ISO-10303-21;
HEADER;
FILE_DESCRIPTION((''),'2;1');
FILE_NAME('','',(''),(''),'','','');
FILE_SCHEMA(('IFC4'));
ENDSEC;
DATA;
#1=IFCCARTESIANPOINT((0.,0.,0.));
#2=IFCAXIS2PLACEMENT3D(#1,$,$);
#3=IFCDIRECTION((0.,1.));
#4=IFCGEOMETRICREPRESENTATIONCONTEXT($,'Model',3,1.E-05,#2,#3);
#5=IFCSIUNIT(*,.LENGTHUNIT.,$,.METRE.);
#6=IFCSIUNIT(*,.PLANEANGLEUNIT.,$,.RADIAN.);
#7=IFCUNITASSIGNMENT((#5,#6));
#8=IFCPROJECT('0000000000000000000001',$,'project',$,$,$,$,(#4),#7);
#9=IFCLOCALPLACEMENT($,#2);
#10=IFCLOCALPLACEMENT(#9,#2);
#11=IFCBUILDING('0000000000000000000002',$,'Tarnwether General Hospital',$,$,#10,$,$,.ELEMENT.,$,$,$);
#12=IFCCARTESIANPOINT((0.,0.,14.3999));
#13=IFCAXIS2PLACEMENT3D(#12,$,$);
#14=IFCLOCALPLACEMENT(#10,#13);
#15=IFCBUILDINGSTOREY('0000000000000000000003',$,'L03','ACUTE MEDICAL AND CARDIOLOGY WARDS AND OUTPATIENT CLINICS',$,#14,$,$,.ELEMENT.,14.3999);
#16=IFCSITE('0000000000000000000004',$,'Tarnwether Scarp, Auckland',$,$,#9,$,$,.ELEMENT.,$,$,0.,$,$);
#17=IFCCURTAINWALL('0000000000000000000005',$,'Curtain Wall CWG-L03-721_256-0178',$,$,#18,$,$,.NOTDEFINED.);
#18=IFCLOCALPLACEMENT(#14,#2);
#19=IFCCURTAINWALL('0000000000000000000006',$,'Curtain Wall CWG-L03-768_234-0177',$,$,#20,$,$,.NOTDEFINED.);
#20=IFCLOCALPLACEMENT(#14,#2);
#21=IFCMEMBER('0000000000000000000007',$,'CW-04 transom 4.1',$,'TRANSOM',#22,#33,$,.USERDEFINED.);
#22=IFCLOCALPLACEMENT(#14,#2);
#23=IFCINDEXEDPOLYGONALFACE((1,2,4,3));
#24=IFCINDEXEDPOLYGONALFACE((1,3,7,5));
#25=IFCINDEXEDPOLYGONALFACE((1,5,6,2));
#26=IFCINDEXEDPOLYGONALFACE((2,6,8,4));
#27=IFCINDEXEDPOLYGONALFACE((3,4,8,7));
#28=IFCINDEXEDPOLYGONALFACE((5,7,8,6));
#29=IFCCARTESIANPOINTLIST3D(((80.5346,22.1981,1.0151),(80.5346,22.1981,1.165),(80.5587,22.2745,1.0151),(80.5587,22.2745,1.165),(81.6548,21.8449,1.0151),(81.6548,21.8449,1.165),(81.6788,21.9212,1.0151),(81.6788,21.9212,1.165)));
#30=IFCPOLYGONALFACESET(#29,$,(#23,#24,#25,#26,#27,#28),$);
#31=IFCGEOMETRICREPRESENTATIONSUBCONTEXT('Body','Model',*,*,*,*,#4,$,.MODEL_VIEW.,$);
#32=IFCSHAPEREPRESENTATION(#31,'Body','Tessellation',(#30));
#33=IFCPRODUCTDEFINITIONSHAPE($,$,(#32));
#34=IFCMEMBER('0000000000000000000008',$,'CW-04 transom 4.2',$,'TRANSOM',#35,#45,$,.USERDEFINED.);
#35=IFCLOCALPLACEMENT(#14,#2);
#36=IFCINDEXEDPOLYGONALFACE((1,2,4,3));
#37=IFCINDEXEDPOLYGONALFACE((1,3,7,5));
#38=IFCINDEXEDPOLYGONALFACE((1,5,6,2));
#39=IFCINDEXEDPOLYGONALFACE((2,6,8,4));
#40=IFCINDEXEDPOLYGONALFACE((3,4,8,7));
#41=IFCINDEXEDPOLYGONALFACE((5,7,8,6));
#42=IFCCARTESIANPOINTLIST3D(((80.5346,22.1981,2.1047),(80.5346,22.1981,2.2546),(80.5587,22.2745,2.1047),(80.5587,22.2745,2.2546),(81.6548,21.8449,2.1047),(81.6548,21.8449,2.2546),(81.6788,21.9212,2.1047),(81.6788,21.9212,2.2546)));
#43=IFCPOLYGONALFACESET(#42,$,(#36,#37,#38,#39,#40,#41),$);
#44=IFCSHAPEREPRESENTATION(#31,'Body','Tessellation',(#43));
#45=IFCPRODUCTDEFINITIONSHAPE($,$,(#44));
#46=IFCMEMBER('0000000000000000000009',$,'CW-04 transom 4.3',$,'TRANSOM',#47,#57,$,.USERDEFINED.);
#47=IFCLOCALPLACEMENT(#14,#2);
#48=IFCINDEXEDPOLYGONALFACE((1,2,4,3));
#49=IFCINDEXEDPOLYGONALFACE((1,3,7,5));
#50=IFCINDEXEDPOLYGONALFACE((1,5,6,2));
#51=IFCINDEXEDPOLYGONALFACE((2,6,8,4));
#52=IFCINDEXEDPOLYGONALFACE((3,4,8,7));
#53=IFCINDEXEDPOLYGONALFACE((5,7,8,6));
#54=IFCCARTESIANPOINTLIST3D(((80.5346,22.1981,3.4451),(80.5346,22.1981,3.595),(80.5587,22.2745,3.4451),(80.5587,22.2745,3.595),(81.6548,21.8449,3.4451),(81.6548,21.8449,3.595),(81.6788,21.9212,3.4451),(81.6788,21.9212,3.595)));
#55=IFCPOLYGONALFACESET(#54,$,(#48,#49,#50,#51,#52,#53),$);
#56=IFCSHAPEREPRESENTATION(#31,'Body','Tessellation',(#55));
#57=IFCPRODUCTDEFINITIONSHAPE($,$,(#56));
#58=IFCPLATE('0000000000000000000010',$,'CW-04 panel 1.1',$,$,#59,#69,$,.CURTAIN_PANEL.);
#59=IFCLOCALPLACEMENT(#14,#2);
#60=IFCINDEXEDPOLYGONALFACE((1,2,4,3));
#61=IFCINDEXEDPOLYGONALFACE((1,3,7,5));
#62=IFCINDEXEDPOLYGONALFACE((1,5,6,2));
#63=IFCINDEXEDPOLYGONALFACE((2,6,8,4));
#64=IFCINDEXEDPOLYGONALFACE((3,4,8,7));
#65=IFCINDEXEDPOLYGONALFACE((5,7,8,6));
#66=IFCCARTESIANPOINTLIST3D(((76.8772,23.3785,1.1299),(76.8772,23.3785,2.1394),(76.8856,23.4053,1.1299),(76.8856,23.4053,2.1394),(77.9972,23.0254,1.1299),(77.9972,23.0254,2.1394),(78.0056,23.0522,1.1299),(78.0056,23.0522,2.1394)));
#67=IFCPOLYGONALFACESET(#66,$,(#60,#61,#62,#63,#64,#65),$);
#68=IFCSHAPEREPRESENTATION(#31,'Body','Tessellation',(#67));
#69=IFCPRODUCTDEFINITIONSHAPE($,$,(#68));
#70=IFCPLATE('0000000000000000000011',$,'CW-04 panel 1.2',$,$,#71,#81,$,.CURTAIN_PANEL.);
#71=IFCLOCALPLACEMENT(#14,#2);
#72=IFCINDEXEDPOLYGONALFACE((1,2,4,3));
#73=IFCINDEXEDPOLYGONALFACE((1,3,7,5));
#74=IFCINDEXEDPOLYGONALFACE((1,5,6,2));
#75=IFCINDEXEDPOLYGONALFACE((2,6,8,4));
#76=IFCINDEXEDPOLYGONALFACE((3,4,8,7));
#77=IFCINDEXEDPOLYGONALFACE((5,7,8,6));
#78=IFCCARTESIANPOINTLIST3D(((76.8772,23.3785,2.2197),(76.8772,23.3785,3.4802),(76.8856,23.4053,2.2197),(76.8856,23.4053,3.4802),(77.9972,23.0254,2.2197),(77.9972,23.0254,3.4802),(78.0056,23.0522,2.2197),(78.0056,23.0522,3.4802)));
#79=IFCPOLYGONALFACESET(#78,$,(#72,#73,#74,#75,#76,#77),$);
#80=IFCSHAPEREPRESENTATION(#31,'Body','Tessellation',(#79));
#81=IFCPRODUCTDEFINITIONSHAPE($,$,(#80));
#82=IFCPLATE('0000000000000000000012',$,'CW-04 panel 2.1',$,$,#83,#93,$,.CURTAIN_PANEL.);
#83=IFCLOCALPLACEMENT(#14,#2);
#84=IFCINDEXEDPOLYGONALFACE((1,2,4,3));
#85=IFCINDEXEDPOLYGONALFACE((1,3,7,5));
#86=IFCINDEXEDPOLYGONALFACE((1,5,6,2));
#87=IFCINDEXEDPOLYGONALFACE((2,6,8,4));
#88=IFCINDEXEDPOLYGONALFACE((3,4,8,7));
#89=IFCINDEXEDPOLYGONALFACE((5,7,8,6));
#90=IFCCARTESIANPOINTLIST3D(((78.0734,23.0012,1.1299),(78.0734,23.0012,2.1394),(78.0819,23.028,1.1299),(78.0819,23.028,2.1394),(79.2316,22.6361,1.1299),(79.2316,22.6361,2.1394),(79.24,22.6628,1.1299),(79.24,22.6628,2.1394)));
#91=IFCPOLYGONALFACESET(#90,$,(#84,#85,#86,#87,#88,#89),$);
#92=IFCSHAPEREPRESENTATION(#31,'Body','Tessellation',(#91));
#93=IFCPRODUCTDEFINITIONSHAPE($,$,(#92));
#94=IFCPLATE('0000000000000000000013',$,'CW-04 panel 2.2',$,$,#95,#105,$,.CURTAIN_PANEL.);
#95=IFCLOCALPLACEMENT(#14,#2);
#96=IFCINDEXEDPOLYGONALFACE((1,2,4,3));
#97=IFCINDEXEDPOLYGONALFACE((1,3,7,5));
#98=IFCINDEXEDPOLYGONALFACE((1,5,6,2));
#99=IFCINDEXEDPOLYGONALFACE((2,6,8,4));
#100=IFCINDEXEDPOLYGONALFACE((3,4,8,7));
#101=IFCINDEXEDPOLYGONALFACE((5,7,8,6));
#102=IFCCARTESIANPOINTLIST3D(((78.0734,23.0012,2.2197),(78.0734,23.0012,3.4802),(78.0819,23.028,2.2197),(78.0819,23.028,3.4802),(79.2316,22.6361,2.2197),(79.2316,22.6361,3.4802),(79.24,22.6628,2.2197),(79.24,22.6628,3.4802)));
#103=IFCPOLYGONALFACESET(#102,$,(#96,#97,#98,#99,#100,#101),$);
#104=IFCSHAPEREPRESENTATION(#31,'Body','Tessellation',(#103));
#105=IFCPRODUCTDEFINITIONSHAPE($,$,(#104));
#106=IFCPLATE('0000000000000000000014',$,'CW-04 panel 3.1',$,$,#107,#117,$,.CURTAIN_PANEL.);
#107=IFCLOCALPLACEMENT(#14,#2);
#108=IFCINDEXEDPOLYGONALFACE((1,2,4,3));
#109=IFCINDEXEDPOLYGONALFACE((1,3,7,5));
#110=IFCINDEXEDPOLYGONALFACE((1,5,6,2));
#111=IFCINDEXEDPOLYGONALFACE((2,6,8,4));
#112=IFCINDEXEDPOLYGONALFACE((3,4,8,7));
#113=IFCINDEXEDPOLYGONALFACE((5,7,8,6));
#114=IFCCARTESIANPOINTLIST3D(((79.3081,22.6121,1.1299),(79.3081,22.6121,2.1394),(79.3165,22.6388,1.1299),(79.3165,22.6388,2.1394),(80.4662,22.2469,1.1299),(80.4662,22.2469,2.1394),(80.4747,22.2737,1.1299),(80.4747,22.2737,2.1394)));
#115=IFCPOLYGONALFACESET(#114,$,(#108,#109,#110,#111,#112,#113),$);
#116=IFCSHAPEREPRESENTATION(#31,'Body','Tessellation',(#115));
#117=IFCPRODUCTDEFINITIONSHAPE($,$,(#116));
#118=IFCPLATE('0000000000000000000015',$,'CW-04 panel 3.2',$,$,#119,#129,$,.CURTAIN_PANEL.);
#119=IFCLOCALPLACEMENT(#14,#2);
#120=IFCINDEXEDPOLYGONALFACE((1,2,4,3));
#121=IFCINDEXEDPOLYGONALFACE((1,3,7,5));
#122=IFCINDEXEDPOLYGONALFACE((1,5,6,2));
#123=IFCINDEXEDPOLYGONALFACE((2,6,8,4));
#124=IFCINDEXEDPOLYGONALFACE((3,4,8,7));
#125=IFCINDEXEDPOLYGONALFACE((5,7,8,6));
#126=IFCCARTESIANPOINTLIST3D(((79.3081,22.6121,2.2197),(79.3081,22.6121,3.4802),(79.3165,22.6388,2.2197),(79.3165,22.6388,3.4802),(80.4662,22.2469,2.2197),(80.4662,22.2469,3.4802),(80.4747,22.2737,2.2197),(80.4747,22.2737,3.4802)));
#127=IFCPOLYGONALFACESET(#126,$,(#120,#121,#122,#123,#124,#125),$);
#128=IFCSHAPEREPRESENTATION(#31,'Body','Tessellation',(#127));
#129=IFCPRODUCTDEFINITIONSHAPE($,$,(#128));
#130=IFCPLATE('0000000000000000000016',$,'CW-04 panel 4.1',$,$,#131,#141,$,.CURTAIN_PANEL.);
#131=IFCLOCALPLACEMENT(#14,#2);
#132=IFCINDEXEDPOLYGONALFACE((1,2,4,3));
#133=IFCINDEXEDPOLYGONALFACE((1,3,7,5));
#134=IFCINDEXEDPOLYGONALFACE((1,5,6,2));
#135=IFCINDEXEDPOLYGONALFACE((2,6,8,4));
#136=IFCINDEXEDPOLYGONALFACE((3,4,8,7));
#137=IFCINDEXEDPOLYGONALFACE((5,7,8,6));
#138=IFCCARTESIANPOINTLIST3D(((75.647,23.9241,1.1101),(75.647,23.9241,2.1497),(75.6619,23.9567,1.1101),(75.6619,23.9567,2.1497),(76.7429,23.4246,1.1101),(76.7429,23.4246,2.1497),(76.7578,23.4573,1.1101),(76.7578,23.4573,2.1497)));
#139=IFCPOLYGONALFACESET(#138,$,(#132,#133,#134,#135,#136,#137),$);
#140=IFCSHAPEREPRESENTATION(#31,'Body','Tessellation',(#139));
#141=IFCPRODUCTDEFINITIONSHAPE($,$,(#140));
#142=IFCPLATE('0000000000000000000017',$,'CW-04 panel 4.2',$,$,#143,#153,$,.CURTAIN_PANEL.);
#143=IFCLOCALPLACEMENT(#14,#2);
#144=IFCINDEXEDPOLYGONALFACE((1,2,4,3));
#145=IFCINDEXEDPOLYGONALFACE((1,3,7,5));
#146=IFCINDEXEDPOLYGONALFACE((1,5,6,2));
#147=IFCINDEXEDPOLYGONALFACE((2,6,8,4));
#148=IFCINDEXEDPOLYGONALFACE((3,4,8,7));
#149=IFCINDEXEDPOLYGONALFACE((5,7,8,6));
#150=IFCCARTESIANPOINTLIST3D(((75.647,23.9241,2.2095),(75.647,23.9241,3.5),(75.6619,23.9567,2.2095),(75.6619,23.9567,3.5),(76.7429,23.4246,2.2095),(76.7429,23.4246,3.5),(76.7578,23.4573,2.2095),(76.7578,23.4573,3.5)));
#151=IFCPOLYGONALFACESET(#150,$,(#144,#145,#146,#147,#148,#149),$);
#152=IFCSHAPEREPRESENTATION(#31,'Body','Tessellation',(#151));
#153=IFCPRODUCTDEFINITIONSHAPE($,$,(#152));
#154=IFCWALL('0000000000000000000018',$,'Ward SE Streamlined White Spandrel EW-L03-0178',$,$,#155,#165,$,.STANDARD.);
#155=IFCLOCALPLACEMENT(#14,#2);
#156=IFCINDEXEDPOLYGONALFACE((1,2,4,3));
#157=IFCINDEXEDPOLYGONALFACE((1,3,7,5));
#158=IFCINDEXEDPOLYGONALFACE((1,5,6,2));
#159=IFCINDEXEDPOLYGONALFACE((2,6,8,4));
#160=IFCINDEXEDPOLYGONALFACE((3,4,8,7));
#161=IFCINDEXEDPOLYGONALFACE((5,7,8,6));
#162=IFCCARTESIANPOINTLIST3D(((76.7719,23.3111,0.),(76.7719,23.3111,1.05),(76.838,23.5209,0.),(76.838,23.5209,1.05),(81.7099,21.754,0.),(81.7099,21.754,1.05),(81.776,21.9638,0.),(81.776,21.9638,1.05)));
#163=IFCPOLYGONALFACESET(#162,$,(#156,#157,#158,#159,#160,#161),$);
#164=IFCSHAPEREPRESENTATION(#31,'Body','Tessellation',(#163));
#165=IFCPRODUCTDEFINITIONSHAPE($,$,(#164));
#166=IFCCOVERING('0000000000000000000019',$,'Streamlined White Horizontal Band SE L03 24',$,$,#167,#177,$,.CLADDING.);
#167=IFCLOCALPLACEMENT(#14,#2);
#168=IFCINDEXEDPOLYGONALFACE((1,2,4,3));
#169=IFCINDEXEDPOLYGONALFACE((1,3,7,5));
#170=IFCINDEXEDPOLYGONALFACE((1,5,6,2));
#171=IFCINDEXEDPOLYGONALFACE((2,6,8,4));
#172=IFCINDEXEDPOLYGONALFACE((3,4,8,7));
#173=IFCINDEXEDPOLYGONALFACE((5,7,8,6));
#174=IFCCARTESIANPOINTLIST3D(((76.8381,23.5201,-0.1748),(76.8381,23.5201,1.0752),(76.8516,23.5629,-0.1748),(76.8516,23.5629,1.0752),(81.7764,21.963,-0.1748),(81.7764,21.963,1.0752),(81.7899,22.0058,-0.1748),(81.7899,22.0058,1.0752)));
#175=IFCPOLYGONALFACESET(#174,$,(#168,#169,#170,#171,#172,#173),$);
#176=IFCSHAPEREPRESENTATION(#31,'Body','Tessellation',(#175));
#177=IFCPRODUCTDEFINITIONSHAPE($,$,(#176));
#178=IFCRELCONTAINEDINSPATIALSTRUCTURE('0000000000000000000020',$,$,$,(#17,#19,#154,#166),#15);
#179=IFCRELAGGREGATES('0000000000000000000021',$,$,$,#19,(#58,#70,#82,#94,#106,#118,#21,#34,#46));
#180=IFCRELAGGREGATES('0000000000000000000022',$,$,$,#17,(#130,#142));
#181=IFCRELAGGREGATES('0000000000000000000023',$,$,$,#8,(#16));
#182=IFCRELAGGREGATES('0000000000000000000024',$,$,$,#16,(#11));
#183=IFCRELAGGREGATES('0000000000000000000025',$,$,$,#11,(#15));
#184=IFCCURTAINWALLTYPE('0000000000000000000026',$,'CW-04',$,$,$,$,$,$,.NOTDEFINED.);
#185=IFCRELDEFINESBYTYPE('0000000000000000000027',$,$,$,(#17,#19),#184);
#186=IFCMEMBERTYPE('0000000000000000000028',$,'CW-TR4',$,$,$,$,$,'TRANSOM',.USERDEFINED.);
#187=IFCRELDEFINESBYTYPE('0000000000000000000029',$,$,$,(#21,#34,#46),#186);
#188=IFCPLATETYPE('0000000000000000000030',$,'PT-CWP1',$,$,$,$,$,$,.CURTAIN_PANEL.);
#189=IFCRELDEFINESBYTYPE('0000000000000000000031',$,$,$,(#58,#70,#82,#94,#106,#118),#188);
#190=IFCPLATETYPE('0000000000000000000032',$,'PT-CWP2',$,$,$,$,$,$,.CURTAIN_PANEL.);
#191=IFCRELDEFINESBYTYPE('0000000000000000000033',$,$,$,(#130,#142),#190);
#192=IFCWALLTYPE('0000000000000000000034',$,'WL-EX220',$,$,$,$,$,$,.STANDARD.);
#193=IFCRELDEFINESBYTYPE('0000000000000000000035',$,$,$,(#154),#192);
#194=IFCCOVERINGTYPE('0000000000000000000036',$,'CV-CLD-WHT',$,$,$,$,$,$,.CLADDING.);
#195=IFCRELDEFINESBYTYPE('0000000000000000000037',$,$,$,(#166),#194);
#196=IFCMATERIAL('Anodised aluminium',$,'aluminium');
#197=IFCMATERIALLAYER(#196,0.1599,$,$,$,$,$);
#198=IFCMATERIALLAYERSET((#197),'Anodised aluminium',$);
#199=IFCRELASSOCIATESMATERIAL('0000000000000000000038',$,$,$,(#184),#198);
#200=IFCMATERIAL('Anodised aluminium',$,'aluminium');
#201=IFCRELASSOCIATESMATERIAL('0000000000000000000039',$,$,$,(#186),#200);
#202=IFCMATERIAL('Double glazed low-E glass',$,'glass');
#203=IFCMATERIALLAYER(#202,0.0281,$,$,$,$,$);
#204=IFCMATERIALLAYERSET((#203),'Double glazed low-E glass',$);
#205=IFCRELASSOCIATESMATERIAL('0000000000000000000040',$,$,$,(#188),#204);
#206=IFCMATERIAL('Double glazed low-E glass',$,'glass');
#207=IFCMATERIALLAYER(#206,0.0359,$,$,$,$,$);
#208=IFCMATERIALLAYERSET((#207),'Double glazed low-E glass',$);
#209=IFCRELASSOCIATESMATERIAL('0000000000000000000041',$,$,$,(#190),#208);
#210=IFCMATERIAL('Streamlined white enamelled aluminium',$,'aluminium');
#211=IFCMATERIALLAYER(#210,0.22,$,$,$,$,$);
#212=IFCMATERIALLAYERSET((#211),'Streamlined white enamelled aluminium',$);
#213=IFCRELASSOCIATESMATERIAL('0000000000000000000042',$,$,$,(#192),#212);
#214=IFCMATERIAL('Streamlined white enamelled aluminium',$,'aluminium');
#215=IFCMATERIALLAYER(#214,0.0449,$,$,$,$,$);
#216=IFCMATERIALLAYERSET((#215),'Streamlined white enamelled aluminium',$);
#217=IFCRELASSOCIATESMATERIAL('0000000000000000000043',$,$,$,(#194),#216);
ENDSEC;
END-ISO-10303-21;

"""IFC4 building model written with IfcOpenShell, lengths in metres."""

from ifc_helpers import new_model, si_unit, direction, frame, frame_2d, origin, origin_2d, place, context, subcontext, project, spatial, rectangle, extrude, material, layer, layer_set, material_profile, profile_set, type_object, element, aggregate, save


model = new_model("IFC4")

# Units and contexts
model_context = context("Model", 3, precision=1e-05, world=origin(), true_north=direction((0.0, 1.0)))
body_context = subcontext(model_context, "Body", "Model", "MODEL_VIEW")
ifc_project = project(units=[si_unit("LENGTHUNIT", "METRE"), si_unit("PLANEANGLEUNIT", "RADIAN")], contexts=[model_context])

# Site, building, storey
site_placement = place(None, origin())
site = spatial("IfcSite", under=ifc_project, at=site_placement, Name="Tarnwether Scarp, Auckland", CompositionType="ELEMENT", RefElevation=0.0)
building_placement = place(site_placement, origin())
building = spatial("IfcBuilding", under=site, at=building_placement, Name="Tarnwether General Hospital", CompositionType="ELEMENT")
storey_placement = place(building_placement, frame((0.0, 0.0, 14.3999)))
storey = spatial("IfcBuildingStorey", under=building, at=storey_placement, Name="L03", Description="ACUTE MEDICAL AND CARDIOLOGY WARDS AND OUTPATIENT CLINICS", CompositionType="ELEMENT", Elevation=14.3999)

# Curtain wall
ifc_material_1 = material(Name="Anodised aluminium", Category="aluminium")
ifc_layer_1 = layer(ifc_material_1, 0.1599)
ifc_layer_set_1 = layer_set([ifc_layer_1], Name="Anodised aluminium")
curtain_wall_type = type_object("IfcCurtainWallType", Name="CW-04", PredefinedType="NOTDEFINED", material=ifc_layer_set_1)
curtain_wall_1_placement = place(storey_placement, origin())
curtain_wall_1 = element("IfcCurtainWall", 1, at=curtain_wall_1_placement, inside=storey, type_object=curtain_wall_type, Name="Curtain Wall CWG-L03-721_256-0178", PredefinedType="NOTDEFINED")

# Curtain wall, members, plates
curtain_wall_2_placement = place(storey_placement, origin())
curtain_wall_2 = element("IfcCurtainWall", 2, at=curtain_wall_2_placement, inside=storey, type_object=curtain_wall_type, Name="Curtain Wall CWG-L03-768_234-0177", PredefinedType="NOTDEFINED")
ifc_material_2 = material(Name="Anodised aluminium", Category="aluminium")
ifc_material_profile_1 = material_profile(ifc_material_2, rectangle(XDim=0.0801, YDim=0.1499, at=origin_2d()), Name="ALU-TRN-80x150")
ifc_profile_set_1 = profile_set([ifc_material_profile_1], Name="Anodised aluminium")
member_type_1 = type_object("IfcMemberType", Name="CW-TR4", ElementType="TRANSOM", PredefinedType="USERDEFINED", material=ifc_profile_set_1)
member_1_placement = place(storey_placement, frame((80.5466, 22.2363, 1.0901), z_axis=(0.953693, -0.300783, 0.0), x_axis=(0.300783, 0.953693, 0.0)))
member_1 = element("IfcMember", 3, at=member_1_placement, type_object=member_type_1, Name="CW-04 transom 4.1", ObjectType="TRANSOM", PredefinedType="USERDEFINED", context=body_context, shape_type="SweptSolid", body=[
    extrude(rectangle(XDim=0.0801, YDim=0.1499, at=origin_2d()), origin(), (0.0, 0.0, 1.0), 1.1746),
])
member_2_placement = place(storey_placement, frame((80.5466, 22.2363, 2.1797), z_axis=(0.953693, -0.300783, 0.0), x_axis=(0.300783, 0.953693, 0.0)))
member_2 = element("IfcMember", 4, at=member_2_placement, type_object=member_type_1, Name="CW-04 transom 4.2", ObjectType="TRANSOM", PredefinedType="USERDEFINED", context=body_context, shape_type="SweptSolid", body=[
    extrude(rectangle(XDim=0.0801, YDim=0.1499, at=origin_2d()), origin(), (0.0, 0.0, 1.0), 1.1746),
])
member_3_placement = place(storey_placement, frame((80.5466, 22.2363, 3.52), z_axis=(0.953693, -0.300783, 0.0), x_axis=(0.300783, 0.953693, 0.0)))
member_3 = element("IfcMember", 5, at=member_3_placement, type_object=member_type_1, Name="CW-04 transom 4.3", ObjectType="TRANSOM", PredefinedType="USERDEFINED", context=body_context, shape_type="SweptSolid", body=[
    extrude(rectangle(XDim=0.0801, YDim=0.1499, at=origin_2d()), origin(), (0.0, 0.0, 1.0), 1.1746),
])
ifc_material_3 = material(Name="Double glazed low-E glass", Category="glass")
ifc_layer_2 = layer(ifc_material_3, 0.0281)
ifc_layer_set_2 = layer_set([ifc_layer_2], Name="Double glazed low-E glass")
plate_type_1 = type_object("IfcPlateType", Name="PT-CWP1", PredefinedType="CURTAIN_PANEL", material=ifc_layer_set_2)
plate_1_placement = place(storey_placement, frame((77.4414, 23.2153, 1.1299), z_axis=(0.0, 0.0, 1.0), x_axis=(0.953714, -0.300715, 0.0)))
plate_1 = element("IfcPlate", 6, at=plate_1_placement, type_object=plate_type_1, Name="CW-04 panel 1.1", PredefinedType="CURTAIN_PANEL", context=body_context, shape_type="SweptSolid", body=[
    extrude(rectangle(XDim=1.1743, YDim=0.0281, at=origin_2d()), origin(), (0.0, 0.0, 1.0), 1.0095),
])
plate_2_placement = place(storey_placement, frame((77.4414, 23.2153, 2.2197), z_axis=(0.0, 0.0, 1.0), x_axis=(0.953714, -0.300715, 0.0)))
plate_2 = element("IfcPlate", 7, at=plate_2_placement, type_object=plate_type_1, Name="CW-04 panel 1.2", PredefinedType="CURTAIN_PANEL", context=body_context, shape_type="SweptSolid", body=[
    extrude(rectangle(XDim=1.1743, YDim=0.0281, at=origin_2d()), origin(), (0.0, 0.0, 1.0), 1.2605),
])
plate_3_placement = place(storey_placement, frame((78.6567, 22.832, 1.1299), z_axis=(0.0, 0.0, 1.0), x_axis=(0.953714, -0.300715, 0.0)))
plate_3 = element("IfcPlate", 8, at=plate_3_placement, type_object=plate_type_1, Name="CW-04 panel 2.1", PredefinedType="CURTAIN_PANEL", context=body_context, shape_type="SweptSolid", body=[
    extrude(rectangle(XDim=1.2144, YDim=0.0281, at=origin_2d()), origin(), (0.0, 0.0, 1.0), 1.0095),
])
plate_4_placement = place(storey_placement, frame((78.6567, 22.832, 2.2197), z_axis=(0.0, 0.0, 1.0), x_axis=(0.953714, -0.300715, 0.0)))
plate_4 = element("IfcPlate", 9, at=plate_4_placement, type_object=plate_type_1, Name="CW-04 panel 2.2", PredefinedType="CURTAIN_PANEL", context=body_context, shape_type="SweptSolid", body=[
    extrude(rectangle(XDim=1.2144, YDim=0.0281, at=origin_2d()), origin(), (0.0, 0.0, 1.0), 1.2605),
])
plate_5_placement = place(storey_placement, frame((79.8914, 22.4429, 1.1299), z_axis=(0.0, 0.0, 1.0), x_axis=(0.953714, -0.300715, 0.0)))
plate_5 = element("IfcPlate", 10, at=plate_5_placement, type_object=plate_type_1, Name="CW-04 panel 3.1", PredefinedType="CURTAIN_PANEL", context=body_context, shape_type="SweptSolid", body=[
    extrude(rectangle(XDim=1.2144, YDim=0.0281, at=origin_2d()), origin(), (0.0, 0.0, 1.0), 1.0095),
])
plate_6_placement = place(storey_placement, frame((79.8914, 22.4429, 2.2197), z_axis=(0.0, 0.0, 1.0), x_axis=(0.953714, -0.300715, 0.0)))
plate_6 = element("IfcPlate", 11, at=plate_6_placement, type_object=plate_type_1, Name="CW-04 panel 3.2", PredefinedType="CURTAIN_PANEL", context=body_context, shape_type="SweptSolid", body=[
    extrude(rectangle(XDim=1.2144, YDim=0.0281, at=origin_2d()), origin(), (0.0, 0.0, 1.0), 1.2605),
])
aggregate(curtain_wall_2, [plate_1, plate_2, plate_3, plate_4, plate_5, plate_6, member_1, member_2, member_3])

# Plates
ifc_material_4 = material(Name="Double glazed low-E glass", Category="glass")
ifc_layer_3 = layer(ifc_material_4, 0.0359)
ifc_layer_set_3 = layer_set([ifc_layer_3], Name="Double glazed low-E glass")
plate_type_2 = type_object("IfcPlateType", Name="PT-CWP2", PredefinedType="CURTAIN_PANEL", material=ifc_layer_set_3)
plate_7_placement = place(storey_placement, frame((76.2024, 23.6907, 1.1101), z_axis=(0.0, 0.0, 1.0), x_axis=(0.909956, -0.414705, 0.0)))
plate_7 = element("IfcPlate", 12, at=plate_7_placement, type_object=plate_type_2, Name="CW-04 panel 4.1", PredefinedType="CURTAIN_PANEL", context=body_context, shape_type="SweptSolid", body=[
    extrude(rectangle(XDim=1.2043, YDim=0.0359, at=origin_2d()), origin(), (0.0, 0.0, 1.0), 1.0396),
])
plate_8_placement = place(storey_placement, frame((76.2024, 23.6907, 2.2095), z_axis=(0.0, 0.0, 1.0), x_axis=(0.909956, -0.414705, 0.0)))
plate_8 = element("IfcPlate", 13, at=plate_8_placement, type_object=plate_type_2, Name="CW-04 panel 4.2", PredefinedType="CURTAIN_PANEL", context=body_context, shape_type="SweptSolid", body=[
    extrude(rectangle(XDim=1.2043, YDim=0.0359, at=origin_2d()), origin(), (0.0, 0.0, 1.0), 1.2905),
])
aggregate(curtain_wall_1, [plate_7, plate_8])

# Wall
ifc_material_5 = material(Name="Streamlined white enamelled aluminium", Category="aluminium")
ifc_layer_4 = layer(ifc_material_5, 0.22)
ifc_layer_set_4 = layer_set([ifc_layer_4], Name="Streamlined white enamelled aluminium")
wall_type = type_object("IfcWallType", Name="WL-EX220", PredefinedType="STANDARD", material=ifc_layer_set_4)
wall_placement = place(storey_placement, frame((76.8049, 23.416, 0.0), z_axis=(0.0, 0.0, 1.0), x_axis=(0.953707, -0.300739, 0.0)))
element("IfcWall", 14, at=wall_placement, inside=storey, type_object=wall_type, Name="Ward SE Streamlined White Spandrel EW-L03-0178", PredefinedType="STANDARD", context=body_context, shape_type="SweptSolid", body=[
    extrude(rectangle(XDim=5.1777, YDim=0.22, at=frame_2d((2.5889, 0.0))), origin(), (0.0, 0.0, 1.0), 1.05),
])

# Covering
ifc_material_6 = material(Name="Streamlined white enamelled aluminium", Category="aluminium")
ifc_layer_5 = layer(ifc_material_6, 0.0449)
ifc_layer_set_5 = layer_set([ifc_layer_5], Name="Streamlined white enamelled aluminium")
covering_type = type_object("IfcCoveringType", Name="CV-CLD-WHT", PredefinedType="CLADDING", material=ifc_layer_set_5)
covering_placement = place(storey_placement, frame((79.314, 22.7629, -0.1748), z_axis=(0.0, 0.0, 1.0), x_axis=(0.953712, -0.300722, 0.0)))
element("IfcCovering", 15, at=covering_placement, inside=storey, type_object=covering_type, Name="Streamlined White Horizontal Band SE L03 24", PredefinedType="CLADDING", context=body_context, shape_type="SweptSolid", body=[
    extrude(rectangle(XDim=5.178, YDim=0.0449, at=origin_2d()), origin(), (0.0, 0.0, 1.0), 1.25),
])

save(model, "model.ifc")
